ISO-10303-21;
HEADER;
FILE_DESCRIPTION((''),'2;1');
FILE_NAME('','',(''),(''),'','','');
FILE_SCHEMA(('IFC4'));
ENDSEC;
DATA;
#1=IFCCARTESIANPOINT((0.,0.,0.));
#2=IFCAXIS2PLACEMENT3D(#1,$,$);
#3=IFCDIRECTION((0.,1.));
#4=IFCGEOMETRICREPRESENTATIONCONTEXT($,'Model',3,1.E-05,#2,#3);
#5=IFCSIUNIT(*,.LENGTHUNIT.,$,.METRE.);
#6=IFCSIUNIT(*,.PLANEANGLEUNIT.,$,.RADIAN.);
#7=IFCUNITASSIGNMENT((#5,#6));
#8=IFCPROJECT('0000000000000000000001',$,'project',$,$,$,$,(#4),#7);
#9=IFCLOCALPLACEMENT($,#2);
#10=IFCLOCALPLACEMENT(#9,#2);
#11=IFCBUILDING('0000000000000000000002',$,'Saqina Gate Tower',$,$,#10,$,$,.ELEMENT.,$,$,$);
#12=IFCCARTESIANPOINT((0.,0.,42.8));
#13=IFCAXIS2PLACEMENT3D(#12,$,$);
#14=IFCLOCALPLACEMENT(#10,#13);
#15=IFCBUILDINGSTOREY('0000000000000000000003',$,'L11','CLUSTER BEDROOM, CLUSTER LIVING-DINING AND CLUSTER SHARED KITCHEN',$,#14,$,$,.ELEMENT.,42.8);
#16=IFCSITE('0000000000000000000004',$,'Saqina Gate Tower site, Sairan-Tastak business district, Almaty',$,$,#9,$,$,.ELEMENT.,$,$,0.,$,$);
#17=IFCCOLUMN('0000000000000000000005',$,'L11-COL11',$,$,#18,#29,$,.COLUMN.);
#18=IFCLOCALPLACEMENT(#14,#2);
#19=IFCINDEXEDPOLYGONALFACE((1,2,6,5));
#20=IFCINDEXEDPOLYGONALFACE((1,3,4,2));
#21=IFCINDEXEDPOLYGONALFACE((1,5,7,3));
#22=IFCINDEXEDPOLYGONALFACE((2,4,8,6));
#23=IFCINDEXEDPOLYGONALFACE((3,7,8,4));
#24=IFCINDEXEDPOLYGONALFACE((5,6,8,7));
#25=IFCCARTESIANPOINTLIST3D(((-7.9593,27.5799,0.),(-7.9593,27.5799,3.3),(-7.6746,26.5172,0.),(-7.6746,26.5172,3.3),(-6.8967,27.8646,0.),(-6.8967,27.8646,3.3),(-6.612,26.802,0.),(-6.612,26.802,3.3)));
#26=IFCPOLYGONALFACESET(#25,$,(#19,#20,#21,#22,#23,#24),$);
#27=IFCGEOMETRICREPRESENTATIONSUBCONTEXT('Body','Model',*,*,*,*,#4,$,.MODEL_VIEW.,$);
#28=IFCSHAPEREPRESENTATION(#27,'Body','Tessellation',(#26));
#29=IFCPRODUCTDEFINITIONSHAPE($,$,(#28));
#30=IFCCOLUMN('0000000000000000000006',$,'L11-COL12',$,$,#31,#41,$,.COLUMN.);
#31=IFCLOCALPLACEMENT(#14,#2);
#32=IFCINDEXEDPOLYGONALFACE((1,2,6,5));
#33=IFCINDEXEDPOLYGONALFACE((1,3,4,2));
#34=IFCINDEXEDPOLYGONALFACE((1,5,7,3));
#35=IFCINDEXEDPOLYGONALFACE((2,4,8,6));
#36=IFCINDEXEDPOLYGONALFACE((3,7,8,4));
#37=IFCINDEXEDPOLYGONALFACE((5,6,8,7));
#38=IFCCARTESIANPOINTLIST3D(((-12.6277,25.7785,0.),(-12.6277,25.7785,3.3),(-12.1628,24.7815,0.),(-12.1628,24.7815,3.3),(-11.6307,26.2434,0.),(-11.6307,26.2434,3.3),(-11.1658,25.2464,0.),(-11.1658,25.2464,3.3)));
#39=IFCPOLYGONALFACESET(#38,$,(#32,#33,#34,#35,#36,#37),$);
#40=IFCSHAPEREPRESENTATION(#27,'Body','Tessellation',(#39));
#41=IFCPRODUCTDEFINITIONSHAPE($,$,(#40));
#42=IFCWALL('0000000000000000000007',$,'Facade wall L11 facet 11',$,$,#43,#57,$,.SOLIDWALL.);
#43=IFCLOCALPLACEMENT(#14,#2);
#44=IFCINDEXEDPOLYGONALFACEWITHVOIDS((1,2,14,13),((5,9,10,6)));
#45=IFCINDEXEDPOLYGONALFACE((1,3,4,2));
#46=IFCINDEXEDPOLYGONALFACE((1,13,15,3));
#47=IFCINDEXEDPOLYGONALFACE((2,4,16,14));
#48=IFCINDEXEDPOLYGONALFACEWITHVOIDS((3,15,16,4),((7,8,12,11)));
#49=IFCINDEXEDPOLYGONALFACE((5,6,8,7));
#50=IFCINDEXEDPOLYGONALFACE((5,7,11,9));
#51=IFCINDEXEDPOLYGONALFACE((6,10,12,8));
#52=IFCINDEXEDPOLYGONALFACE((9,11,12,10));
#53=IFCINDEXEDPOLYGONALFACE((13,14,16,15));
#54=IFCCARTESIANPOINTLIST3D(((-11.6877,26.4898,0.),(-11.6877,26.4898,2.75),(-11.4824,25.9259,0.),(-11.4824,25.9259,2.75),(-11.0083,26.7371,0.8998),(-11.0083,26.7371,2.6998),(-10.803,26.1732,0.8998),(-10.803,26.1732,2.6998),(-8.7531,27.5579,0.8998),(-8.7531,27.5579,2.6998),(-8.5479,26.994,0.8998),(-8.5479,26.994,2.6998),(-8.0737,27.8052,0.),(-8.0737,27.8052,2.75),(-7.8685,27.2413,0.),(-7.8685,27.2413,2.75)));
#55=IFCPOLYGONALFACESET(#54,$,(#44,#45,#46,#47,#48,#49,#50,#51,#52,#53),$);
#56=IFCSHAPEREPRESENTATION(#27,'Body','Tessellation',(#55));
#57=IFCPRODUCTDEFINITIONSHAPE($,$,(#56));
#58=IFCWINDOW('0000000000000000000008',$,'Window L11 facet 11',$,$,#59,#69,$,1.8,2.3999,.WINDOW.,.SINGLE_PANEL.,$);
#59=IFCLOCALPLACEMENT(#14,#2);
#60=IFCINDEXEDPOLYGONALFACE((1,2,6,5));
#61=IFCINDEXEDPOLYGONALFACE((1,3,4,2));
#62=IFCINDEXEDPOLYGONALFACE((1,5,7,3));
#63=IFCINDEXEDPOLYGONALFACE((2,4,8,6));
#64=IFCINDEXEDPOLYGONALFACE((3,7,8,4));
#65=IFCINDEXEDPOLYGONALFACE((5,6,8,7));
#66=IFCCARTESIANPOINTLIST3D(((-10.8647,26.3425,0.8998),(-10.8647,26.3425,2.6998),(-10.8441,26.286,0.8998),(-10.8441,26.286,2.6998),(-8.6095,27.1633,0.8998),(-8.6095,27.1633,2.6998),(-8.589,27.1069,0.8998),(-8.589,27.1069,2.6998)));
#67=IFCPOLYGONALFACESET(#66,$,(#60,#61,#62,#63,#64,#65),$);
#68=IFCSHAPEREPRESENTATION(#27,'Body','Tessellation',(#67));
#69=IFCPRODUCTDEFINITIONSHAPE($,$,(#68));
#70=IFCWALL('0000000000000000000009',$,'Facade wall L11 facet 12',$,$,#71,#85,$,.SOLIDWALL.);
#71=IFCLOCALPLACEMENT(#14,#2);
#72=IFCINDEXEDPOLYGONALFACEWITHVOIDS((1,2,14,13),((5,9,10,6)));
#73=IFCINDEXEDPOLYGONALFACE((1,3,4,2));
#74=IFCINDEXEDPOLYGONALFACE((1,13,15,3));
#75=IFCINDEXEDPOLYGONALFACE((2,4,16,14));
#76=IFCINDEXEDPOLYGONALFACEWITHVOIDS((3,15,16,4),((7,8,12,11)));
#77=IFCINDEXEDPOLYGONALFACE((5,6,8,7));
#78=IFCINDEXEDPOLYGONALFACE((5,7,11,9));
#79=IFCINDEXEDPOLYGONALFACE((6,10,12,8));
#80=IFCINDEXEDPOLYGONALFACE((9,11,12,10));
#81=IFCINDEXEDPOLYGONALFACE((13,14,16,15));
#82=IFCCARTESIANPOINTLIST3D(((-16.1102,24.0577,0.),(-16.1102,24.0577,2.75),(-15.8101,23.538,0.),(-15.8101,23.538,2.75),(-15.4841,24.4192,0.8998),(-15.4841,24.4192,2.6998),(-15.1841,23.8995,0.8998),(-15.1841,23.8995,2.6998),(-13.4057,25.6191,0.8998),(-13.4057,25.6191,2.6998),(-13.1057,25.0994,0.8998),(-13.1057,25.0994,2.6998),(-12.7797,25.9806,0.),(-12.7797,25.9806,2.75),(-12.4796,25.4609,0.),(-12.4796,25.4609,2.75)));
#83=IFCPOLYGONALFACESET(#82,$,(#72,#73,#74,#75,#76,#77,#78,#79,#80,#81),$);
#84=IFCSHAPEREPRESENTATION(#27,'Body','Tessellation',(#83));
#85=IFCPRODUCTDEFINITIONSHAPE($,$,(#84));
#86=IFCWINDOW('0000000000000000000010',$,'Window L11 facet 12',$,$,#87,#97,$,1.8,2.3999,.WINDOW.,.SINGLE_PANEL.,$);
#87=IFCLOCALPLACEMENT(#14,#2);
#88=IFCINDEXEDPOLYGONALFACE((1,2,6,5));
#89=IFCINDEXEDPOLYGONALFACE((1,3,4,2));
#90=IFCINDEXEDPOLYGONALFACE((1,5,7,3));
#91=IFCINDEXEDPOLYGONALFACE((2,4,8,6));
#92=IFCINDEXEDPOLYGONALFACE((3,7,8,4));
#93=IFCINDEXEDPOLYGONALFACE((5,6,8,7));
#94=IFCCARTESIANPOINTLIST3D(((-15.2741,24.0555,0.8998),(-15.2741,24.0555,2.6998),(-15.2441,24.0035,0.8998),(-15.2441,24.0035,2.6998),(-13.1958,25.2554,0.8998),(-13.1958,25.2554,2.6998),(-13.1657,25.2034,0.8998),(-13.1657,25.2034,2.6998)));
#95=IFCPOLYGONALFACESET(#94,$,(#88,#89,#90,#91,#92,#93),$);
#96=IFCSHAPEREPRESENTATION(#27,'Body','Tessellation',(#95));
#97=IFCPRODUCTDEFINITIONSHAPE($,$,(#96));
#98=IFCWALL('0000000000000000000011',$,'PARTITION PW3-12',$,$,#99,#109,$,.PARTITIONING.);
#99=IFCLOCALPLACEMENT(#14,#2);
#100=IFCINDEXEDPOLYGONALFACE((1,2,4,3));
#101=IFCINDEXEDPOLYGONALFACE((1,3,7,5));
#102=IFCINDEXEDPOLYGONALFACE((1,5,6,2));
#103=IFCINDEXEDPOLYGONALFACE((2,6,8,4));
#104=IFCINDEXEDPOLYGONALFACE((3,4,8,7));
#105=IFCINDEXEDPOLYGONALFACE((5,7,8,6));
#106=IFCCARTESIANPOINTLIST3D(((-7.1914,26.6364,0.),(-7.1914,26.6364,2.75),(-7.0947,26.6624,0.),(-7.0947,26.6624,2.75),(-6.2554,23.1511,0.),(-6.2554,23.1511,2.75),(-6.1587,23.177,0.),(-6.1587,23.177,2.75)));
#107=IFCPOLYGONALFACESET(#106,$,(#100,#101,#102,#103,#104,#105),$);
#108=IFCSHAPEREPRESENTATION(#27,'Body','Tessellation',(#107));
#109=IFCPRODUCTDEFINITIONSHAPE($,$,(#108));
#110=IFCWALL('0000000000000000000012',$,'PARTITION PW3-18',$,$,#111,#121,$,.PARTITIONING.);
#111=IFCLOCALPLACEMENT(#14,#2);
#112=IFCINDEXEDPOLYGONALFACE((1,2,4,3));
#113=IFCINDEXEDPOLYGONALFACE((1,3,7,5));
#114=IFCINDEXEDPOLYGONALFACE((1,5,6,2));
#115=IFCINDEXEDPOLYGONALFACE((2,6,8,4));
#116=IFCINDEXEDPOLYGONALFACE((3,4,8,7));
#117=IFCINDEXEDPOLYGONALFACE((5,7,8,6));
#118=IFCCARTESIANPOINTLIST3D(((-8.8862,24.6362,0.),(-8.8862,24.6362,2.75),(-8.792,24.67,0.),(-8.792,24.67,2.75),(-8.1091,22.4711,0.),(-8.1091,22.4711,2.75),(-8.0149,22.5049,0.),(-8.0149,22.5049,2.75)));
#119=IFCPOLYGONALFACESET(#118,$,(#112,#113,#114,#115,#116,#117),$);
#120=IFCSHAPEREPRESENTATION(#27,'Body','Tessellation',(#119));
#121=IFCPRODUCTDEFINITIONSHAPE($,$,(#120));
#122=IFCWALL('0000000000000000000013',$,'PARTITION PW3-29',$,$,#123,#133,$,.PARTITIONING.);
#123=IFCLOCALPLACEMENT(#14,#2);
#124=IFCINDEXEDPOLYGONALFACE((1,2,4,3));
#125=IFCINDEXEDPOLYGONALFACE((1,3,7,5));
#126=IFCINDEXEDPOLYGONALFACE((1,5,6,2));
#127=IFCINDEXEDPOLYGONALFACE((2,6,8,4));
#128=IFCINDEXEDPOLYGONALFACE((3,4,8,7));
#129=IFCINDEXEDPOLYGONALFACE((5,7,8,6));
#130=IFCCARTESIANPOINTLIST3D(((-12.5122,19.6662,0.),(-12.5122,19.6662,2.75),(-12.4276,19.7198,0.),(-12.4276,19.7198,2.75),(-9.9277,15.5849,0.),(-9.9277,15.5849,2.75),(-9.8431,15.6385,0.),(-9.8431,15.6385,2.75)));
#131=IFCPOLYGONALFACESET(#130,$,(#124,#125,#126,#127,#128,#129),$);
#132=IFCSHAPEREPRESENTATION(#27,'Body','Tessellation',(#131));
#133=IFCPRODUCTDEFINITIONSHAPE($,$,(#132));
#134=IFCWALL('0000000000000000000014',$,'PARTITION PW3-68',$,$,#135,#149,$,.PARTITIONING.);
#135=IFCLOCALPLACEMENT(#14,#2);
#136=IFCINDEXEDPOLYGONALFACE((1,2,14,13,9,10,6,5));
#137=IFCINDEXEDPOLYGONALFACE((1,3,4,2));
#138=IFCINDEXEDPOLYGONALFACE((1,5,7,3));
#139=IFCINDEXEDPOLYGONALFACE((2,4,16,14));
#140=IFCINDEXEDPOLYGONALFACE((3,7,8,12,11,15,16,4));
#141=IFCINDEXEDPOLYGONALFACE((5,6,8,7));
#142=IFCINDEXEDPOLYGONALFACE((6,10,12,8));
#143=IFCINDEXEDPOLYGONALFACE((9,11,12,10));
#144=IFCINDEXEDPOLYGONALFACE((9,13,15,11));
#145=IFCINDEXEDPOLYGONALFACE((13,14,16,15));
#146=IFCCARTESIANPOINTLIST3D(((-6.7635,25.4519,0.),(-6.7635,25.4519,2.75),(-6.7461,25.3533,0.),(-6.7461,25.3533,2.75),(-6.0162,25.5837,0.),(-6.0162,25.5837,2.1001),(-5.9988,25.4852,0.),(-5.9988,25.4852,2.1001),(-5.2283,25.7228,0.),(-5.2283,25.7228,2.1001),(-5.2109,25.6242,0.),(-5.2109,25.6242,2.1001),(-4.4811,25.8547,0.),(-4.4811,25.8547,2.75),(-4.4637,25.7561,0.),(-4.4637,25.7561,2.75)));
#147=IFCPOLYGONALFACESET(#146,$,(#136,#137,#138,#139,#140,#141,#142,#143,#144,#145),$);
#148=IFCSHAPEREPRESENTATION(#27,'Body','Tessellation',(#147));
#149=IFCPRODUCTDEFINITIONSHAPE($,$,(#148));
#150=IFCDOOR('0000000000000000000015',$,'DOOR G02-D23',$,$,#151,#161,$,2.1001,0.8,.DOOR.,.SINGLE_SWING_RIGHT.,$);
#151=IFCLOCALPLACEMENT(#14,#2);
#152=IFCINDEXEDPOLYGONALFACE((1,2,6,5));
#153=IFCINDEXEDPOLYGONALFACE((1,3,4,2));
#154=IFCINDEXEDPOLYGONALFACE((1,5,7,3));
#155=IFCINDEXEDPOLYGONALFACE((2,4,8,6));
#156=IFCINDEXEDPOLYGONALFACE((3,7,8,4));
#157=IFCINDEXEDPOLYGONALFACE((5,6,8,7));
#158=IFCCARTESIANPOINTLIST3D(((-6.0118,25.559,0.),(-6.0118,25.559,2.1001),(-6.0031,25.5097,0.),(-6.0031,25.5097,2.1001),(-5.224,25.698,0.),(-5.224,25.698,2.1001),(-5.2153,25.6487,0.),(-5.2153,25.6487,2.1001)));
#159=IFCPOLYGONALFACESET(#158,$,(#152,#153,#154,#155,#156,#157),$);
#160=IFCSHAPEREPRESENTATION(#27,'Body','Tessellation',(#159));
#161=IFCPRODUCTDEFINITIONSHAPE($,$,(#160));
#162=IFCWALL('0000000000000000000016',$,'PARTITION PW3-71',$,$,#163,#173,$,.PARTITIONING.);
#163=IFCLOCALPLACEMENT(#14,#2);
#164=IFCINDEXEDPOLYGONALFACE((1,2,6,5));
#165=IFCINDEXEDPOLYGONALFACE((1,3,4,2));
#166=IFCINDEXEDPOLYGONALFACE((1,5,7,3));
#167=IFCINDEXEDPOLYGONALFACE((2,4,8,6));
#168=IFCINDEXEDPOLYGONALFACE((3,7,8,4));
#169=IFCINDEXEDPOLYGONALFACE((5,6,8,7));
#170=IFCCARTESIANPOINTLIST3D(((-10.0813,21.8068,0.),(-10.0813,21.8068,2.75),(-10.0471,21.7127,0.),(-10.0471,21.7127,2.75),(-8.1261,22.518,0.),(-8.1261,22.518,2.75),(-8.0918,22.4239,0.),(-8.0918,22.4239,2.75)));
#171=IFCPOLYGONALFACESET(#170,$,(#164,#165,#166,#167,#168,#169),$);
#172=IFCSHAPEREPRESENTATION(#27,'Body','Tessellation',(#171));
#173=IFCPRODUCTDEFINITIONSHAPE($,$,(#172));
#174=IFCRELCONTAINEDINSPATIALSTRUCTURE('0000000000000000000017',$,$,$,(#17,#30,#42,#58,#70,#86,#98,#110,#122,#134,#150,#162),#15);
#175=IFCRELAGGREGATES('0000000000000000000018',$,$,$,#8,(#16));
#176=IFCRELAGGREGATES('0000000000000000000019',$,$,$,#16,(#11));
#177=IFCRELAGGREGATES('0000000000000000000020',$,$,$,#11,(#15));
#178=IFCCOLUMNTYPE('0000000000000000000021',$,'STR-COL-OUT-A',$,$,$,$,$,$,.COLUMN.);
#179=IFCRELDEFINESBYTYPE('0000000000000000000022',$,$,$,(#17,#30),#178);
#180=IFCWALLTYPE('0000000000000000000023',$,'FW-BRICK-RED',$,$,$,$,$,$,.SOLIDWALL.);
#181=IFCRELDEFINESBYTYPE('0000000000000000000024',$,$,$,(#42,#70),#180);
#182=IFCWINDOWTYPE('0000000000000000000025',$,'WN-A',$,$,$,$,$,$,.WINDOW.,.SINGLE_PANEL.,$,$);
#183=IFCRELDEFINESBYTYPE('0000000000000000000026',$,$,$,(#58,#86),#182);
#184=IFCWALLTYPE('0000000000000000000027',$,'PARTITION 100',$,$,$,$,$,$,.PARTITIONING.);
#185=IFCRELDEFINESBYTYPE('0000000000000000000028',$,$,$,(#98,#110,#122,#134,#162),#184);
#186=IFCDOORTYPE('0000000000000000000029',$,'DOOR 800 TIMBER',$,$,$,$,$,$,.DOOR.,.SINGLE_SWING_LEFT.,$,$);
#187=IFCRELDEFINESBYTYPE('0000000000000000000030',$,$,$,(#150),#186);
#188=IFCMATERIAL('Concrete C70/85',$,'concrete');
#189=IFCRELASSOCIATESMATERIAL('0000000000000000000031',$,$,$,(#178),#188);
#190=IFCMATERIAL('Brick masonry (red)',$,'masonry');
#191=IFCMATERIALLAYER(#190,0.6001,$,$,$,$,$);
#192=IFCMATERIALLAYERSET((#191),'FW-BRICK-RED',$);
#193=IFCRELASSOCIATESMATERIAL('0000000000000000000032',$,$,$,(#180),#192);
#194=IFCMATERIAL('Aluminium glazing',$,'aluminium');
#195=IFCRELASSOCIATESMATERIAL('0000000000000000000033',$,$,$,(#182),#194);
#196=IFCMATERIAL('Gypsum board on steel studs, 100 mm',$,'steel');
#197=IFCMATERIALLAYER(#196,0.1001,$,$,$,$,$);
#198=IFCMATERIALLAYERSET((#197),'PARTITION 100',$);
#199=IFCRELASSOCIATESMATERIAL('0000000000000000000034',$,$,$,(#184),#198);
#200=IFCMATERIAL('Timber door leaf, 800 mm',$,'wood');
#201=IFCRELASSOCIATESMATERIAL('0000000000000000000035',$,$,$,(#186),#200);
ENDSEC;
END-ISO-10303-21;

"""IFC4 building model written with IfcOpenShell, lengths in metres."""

from ifc_helpers import new_model, si_unit, direction, frame, frame_2d, origin, origin_2d, place, context, subcontext, project, spatial, rectangle, extrude, material, layer, layer_set, material_profile, profile_set, type_object, element, fill, save


model = new_model("IFC4")

# Units and contexts
model_context = context("Model", 3, precision=1e-05, world=origin(), true_north=direction((0.0, 1.0)))
body_context = subcontext(model_context, "Body", "Model", "MODEL_VIEW")
ifc_project = project(units=[si_unit("LENGTHUNIT", "METRE"), si_unit("PLANEANGLEUNIT", "RADIAN")], contexts=[model_context])

# Site, building, storey
site_placement = place(None, origin())
site = spatial("IfcSite", under=ifc_project, at=site_placement, Name="Saqina Gate Tower site, Sairan-Tastak business district, Almaty", CompositionType="ELEMENT", RefElevation=0.0)
building_placement = place(site_placement, origin())
building = spatial("IfcBuilding", under=site, at=building_placement, Name="Saqina Gate Tower", CompositionType="ELEMENT")
storey_placement = place(building_placement, frame((0.0, 0.0, 42.8)))
storey = spatial("IfcBuildingStorey", under=building, at=storey_placement, Name="L11", Description="CLUSTER BEDROOM, CLUSTER LIVING-DINING AND CLUSTER SHARED KITCHEN", CompositionType="ELEMENT", Elevation=42.8)

# Columns
ifc_material_1 = material(Name="Concrete C70/85", Category="concrete")
ifc_material_profile = material_profile(ifc_material_1, rectangle(XDim=1.1001, YDim=1.1001, at=origin_2d()), Name="RC 1100x1100")
ifc_profile_set = profile_set([ifc_material_profile], Name="Concrete C70/85")
column_type = type_object("IfcColumnType", Name="STR-COL-OUT-A", PredefinedType="COLUMN", material=ifc_profile_set)
for number, where, z_axis, x_axis, name in (
    (1, (-7.2856, 27.1909, 0.0), (0.0, 0.0, 1.0), (-0.258819, 0.965926, 0.0), "L11-COL11"),
    (2, (-11.8967, 25.5125, 0.0), (0.0, 0.0, 1.0), (-0.422618, 0.906308, 0.0), "L11-COL12"),
):
    element("IfcColumn", number, at=place(storey_placement, frame(where, z_axis=z_axis, x_axis=x_axis)), inside=storey, type_object=column_type, Name=name, PredefinedType="COLUMN", context=body_context, shape_type="SweptSolid", body=[
        extrude(rectangle(XDim=1.1001, YDim=1.1001, at=origin_2d()), origin(), (0.0, 0.0, 1.0), 3.3),
    ])

# Walls, openings, windows
ifc_material_2 = material(Name="Brick masonry (red)", Category="masonry")
ifc_layer_1 = layer(ifc_material_2, 0.6001)
ifc_layer_set_1 = layer_set([ifc_layer_1], Name="FW-BRICK-RED")
wall_type_1 = type_object("IfcWallType", Name="FW-BRICK-RED", PredefinedType="SOLIDWALL", material=ifc_layer_set_1)
wall_1_placement = place(storey_placement, frame((-7.9712, 27.5232, 0.0), z_axis=(0.0, 0.0, 1.0), x_axis=(-0.93969, -0.342028, 0.0)))
wall_1 = element("IfcWall", 3, at=wall_1_placement, inside=storey, type_object=wall_type_1, Name="Facade wall L11 facet 11", PredefinedType="SOLIDWALL", context=body_context, shape_type="SweptSolid", body=[
    extrude(rectangle(XDim=3.8459, YDim=0.6001, at=frame_2d((1.9229, 0.0))), origin(), (0.0, 0.0, 1.0), 2.75),
])
opening_1_placement = place(wall_1_placement, frame((0.7229, 0.0, 0.8999)))
opening_1 = element("IfcOpeningElement", 4, at=opening_1_placement, cuts=wall_1, PredefinedType="OPENING", context=body_context, shape_type="SweptSolid", body=[
    extrude(rectangle(XDim=2.3999, YDim=1.8, at=frame_2d((1.2, 0.8999))), frame((0.0, 0.312, 0.0), z_axis=(0.0, -1.0, 0.0), x_axis=(1.0, 0.0, 0.0)), (0.0, 0.0, 1.0), 0.624),
])
ifc_material_3 = material(Name="Aluminium glazing", Category="aluminium")
window_type = type_object("IfcWindowType", Name="WN-A", PartitioningType="SINGLE_PANEL", PredefinedType="WINDOW", material=ifc_material_3)
window_1_placement = place(opening_1_placement, origin())
window_1 = element("IfcWindow", 5, at=window_1_placement, inside=storey, type_object=window_type, Name="Window L11 facet 11", OverallHeight=1.8, OverallWidth=2.3999, PartitioningType="SINGLE_PANEL", PredefinedType="WINDOW", context=body_context, shape_type="SweptSolid", body=[
    extrude(rectangle(XDim=2.3999, YDim=1.8, at=frame_2d((1.2, 0.8999))), frame((0.0, 0.1799, 0.0), z_axis=(0.0, -1.0, 0.0), x_axis=(1.0, 0.0, 0.0)), (0.0, 0.0, 1.0), 0.0601),
])
fill(opening_1, window_1)
wall_2_placement = place(storey_placement, frame((-12.6296, 25.7207, 0.0), z_axis=(0.0, 0.0, 1.0), x_axis=(-0.866031, -0.49999, 0.0)))
wall_2 = element("IfcWall", 6, at=wall_2_placement, inside=storey, type_object=wall_type_1, Name="Facade wall L11 facet 12", PredefinedType="SOLIDWALL", context=body_context, shape_type="SweptSolid", body=[
    extrude(rectangle(XDim=3.8457, YDim=0.6001, at=frame_2d((1.9229, 0.0))), origin(), (0.0, 0.0, 1.0), 2.75),
])
opening_2_placement = place(wall_2_placement, frame((0.7229, 0.0, 0.8999)))
opening_2 = element("IfcOpeningElement", 7, at=opening_2_placement, cuts=wall_2, PredefinedType="OPENING", context=body_context, shape_type="SweptSolid", body=[
    extrude(rectangle(XDim=2.3999, YDim=1.8, at=frame_2d((1.2, 0.8999))), frame((0.0, 0.312, 0.0), z_axis=(0.0, -1.0, 0.0), x_axis=(1.0, 0.0, 0.0)), (0.0, 0.0, 1.0), 0.624),
])
window_2_placement = place(opening_2_placement, origin())
window_2 = element("IfcWindow", 8, at=window_2_placement, inside=storey, type_object=window_type, Name="Window L11 facet 12", OverallHeight=1.8, OverallWidth=2.3999, PartitioningType="SINGLE_PANEL", PredefinedType="WINDOW", context=body_context, shape_type="SweptSolid", body=[
    extrude(rectangle(XDim=2.3999, YDim=1.8, at=frame_2d((1.2, 0.8999))), frame((0.0, 0.1799, 0.0), z_axis=(0.0, -1.0, 0.0), x_axis=(1.0, 0.0, 0.0)), (0.0, 0.0, 1.0), 0.0601),
])
fill(opening_2, window_2)

# Walls
ifc_material_4 = material(Name="Gypsum board on steel studs, 100 mm", Category="steel")
ifc_layer_2 = layer(ifc_material_4, 0.1001)
ifc_layer_set_2 = layer_set([ifc_layer_2], Name="PARTITION 100")
wall_type_2 = type_object("IfcWallType", Name="PARTITION 100", PredefinedType="PARTITIONING", material=ifc_layer_set_2)
wall_3_placement = place(storey_placement, frame((-7.1431, 26.6494, 0.0), z_axis=(0.0, 0.0, 1.0), x_axis=(0.259372, -0.965778, 0.0)))
element("IfcWall", 9, at=wall_3_placement, inside=storey, type_object=wall_type_2, Name="PARTITION PW3-12", PredefinedType="PARTITIONING", context=body_context, shape_type="SweptSolid", body=[
    extrude(rectangle(XDim=3.6089, YDim=0.1001, at=frame_2d((1.8044, 0.0))), origin(), (0.0, 0.0, 1.0), 2.75),
])
wall_4_placement = place(storey_placement, frame((-8.8391, 24.6531, 0.0), z_axis=(0.0, 0.0, 1.0), x_axis=(0.337829, -0.941208, 0.0)))
element("IfcWall", 10, at=wall_4_placement, inside=storey, type_object=wall_type_2, Name="PARTITION PW3-18", PredefinedType="PARTITIONING", context=body_context, shape_type="SweptSolid", body=[
    extrude(rectangle(XDim=2.3003, YDim=0.1001, at=frame_2d((1.1501, 0.0))), origin(), (0.0, 0.0, 1.0), 2.75),
])
wall_5_placement = place(storey_placement, frame((-12.47, 19.6931, 0.0), z_axis=(0.0, 0.0, 1.0), x_axis=(0.535, -0.844852, 0.0)))
element("IfcWall", 11, at=wall_5_placement, inside=storey, type_object=wall_type_2, Name="PARTITION PW3-29", PredefinedType="PARTITIONING", context=body_context, shape_type="SweptSolid", body=[
    extrude(rectangle(XDim=4.8308, YDim=0.1001, at=frame_2d((2.4155, 0.0))), origin(), (0.0, 0.0, 1.0), 2.75),
])

# Wall, opening, door
wall_6_placement = place(storey_placement, frame((-6.7546, 25.4026, 0.0), z_axis=(0.0, 0.0, 1.0), x_axis=(0.98478, 0.173803, 0.0)))
wall_6 = element("IfcWall", 12, at=wall_6_placement, inside=storey, type_object=wall_type_2, Name="PARTITION PW3-68", PredefinedType="PARTITIONING", context=body_context, shape_type="SweptSolid", body=[
    extrude(rectangle(XDim=2.3176, YDim=0.1001, at=frame_2d((1.1587, 0.0))), origin(), (0.0, 0.0, 1.0), 2.75),
])
opening_3_placement = place(wall_6_placement, frame((0.7588, 0.0, 0.0)))
opening_3 = element("IfcOpeningElement", 13, at=opening_3_placement, cuts=wall_6, PredefinedType="OPENING", context=body_context, shape_type="SweptSolid", body=[
    extrude(rectangle(XDim=0.8, YDim=2.1001, at=frame_2d((0.3999, 1.05))), frame((0.0, 0.062, 0.0), z_axis=(0.0, -1.0, 0.0), x_axis=(1.0, 0.0, 0.0)), (0.0, 0.0, 1.0), 0.124),
])
ifc_material_5 = material(Name="Timber door leaf, 800 mm", Category="wood")
door_type_1 = type_object("IfcDoorType", Name="DOOR 800 TIMBER", OperationType="SINGLE_SWING_LEFT", PredefinedType="DOOR", material=ifc_material_5)
door_1_placement = place(opening_3_placement, origin())
door_1 = element("IfcDoor", 14, at=door_1_placement, inside=storey, type_object=door_type_1, Name="DOOR G02-D23", OperationType="SINGLE_SWING_RIGHT", OverallHeight=2.1001, OverallWidth=0.8, PredefinedType="DOOR", context=body_context, shape_type="SweptSolid", body=[
    extrude(rectangle(XDim=0.8, YDim=2.1001, at=frame_2d((0.3999, 1.05))), frame((0.0, 0.0249, 0.0), z_axis=(0.0, -1.0, 0.0), x_axis=(1.0, 0.0, 0.0)), (0.0, 0.0, 1.0), 0.05),
])
fill(opening_3, door_1)

# Wall
wall_7_placement = place(storey_placement, frame((-10.0642, 21.7598, 0.0), z_axis=(0.0, 0.0, 1.0), x_axis=(0.939769, 0.341809, 0.0)))
element("IfcWall", 15, at=wall_7_placement, inside=storey, type_object=wall_type_2, Name="PARTITION PW3-71", PredefinedType="PARTITIONING", context=body_context, shape_type="SweptSolid", body=[
    extrude(rectangle(XDim=2.0806, YDim=0.1001, at=frame_2d((1.0403, 0.0))), origin(), (0.0, 0.0, 1.0), 2.75),
])

save(model, "model.ifc")
